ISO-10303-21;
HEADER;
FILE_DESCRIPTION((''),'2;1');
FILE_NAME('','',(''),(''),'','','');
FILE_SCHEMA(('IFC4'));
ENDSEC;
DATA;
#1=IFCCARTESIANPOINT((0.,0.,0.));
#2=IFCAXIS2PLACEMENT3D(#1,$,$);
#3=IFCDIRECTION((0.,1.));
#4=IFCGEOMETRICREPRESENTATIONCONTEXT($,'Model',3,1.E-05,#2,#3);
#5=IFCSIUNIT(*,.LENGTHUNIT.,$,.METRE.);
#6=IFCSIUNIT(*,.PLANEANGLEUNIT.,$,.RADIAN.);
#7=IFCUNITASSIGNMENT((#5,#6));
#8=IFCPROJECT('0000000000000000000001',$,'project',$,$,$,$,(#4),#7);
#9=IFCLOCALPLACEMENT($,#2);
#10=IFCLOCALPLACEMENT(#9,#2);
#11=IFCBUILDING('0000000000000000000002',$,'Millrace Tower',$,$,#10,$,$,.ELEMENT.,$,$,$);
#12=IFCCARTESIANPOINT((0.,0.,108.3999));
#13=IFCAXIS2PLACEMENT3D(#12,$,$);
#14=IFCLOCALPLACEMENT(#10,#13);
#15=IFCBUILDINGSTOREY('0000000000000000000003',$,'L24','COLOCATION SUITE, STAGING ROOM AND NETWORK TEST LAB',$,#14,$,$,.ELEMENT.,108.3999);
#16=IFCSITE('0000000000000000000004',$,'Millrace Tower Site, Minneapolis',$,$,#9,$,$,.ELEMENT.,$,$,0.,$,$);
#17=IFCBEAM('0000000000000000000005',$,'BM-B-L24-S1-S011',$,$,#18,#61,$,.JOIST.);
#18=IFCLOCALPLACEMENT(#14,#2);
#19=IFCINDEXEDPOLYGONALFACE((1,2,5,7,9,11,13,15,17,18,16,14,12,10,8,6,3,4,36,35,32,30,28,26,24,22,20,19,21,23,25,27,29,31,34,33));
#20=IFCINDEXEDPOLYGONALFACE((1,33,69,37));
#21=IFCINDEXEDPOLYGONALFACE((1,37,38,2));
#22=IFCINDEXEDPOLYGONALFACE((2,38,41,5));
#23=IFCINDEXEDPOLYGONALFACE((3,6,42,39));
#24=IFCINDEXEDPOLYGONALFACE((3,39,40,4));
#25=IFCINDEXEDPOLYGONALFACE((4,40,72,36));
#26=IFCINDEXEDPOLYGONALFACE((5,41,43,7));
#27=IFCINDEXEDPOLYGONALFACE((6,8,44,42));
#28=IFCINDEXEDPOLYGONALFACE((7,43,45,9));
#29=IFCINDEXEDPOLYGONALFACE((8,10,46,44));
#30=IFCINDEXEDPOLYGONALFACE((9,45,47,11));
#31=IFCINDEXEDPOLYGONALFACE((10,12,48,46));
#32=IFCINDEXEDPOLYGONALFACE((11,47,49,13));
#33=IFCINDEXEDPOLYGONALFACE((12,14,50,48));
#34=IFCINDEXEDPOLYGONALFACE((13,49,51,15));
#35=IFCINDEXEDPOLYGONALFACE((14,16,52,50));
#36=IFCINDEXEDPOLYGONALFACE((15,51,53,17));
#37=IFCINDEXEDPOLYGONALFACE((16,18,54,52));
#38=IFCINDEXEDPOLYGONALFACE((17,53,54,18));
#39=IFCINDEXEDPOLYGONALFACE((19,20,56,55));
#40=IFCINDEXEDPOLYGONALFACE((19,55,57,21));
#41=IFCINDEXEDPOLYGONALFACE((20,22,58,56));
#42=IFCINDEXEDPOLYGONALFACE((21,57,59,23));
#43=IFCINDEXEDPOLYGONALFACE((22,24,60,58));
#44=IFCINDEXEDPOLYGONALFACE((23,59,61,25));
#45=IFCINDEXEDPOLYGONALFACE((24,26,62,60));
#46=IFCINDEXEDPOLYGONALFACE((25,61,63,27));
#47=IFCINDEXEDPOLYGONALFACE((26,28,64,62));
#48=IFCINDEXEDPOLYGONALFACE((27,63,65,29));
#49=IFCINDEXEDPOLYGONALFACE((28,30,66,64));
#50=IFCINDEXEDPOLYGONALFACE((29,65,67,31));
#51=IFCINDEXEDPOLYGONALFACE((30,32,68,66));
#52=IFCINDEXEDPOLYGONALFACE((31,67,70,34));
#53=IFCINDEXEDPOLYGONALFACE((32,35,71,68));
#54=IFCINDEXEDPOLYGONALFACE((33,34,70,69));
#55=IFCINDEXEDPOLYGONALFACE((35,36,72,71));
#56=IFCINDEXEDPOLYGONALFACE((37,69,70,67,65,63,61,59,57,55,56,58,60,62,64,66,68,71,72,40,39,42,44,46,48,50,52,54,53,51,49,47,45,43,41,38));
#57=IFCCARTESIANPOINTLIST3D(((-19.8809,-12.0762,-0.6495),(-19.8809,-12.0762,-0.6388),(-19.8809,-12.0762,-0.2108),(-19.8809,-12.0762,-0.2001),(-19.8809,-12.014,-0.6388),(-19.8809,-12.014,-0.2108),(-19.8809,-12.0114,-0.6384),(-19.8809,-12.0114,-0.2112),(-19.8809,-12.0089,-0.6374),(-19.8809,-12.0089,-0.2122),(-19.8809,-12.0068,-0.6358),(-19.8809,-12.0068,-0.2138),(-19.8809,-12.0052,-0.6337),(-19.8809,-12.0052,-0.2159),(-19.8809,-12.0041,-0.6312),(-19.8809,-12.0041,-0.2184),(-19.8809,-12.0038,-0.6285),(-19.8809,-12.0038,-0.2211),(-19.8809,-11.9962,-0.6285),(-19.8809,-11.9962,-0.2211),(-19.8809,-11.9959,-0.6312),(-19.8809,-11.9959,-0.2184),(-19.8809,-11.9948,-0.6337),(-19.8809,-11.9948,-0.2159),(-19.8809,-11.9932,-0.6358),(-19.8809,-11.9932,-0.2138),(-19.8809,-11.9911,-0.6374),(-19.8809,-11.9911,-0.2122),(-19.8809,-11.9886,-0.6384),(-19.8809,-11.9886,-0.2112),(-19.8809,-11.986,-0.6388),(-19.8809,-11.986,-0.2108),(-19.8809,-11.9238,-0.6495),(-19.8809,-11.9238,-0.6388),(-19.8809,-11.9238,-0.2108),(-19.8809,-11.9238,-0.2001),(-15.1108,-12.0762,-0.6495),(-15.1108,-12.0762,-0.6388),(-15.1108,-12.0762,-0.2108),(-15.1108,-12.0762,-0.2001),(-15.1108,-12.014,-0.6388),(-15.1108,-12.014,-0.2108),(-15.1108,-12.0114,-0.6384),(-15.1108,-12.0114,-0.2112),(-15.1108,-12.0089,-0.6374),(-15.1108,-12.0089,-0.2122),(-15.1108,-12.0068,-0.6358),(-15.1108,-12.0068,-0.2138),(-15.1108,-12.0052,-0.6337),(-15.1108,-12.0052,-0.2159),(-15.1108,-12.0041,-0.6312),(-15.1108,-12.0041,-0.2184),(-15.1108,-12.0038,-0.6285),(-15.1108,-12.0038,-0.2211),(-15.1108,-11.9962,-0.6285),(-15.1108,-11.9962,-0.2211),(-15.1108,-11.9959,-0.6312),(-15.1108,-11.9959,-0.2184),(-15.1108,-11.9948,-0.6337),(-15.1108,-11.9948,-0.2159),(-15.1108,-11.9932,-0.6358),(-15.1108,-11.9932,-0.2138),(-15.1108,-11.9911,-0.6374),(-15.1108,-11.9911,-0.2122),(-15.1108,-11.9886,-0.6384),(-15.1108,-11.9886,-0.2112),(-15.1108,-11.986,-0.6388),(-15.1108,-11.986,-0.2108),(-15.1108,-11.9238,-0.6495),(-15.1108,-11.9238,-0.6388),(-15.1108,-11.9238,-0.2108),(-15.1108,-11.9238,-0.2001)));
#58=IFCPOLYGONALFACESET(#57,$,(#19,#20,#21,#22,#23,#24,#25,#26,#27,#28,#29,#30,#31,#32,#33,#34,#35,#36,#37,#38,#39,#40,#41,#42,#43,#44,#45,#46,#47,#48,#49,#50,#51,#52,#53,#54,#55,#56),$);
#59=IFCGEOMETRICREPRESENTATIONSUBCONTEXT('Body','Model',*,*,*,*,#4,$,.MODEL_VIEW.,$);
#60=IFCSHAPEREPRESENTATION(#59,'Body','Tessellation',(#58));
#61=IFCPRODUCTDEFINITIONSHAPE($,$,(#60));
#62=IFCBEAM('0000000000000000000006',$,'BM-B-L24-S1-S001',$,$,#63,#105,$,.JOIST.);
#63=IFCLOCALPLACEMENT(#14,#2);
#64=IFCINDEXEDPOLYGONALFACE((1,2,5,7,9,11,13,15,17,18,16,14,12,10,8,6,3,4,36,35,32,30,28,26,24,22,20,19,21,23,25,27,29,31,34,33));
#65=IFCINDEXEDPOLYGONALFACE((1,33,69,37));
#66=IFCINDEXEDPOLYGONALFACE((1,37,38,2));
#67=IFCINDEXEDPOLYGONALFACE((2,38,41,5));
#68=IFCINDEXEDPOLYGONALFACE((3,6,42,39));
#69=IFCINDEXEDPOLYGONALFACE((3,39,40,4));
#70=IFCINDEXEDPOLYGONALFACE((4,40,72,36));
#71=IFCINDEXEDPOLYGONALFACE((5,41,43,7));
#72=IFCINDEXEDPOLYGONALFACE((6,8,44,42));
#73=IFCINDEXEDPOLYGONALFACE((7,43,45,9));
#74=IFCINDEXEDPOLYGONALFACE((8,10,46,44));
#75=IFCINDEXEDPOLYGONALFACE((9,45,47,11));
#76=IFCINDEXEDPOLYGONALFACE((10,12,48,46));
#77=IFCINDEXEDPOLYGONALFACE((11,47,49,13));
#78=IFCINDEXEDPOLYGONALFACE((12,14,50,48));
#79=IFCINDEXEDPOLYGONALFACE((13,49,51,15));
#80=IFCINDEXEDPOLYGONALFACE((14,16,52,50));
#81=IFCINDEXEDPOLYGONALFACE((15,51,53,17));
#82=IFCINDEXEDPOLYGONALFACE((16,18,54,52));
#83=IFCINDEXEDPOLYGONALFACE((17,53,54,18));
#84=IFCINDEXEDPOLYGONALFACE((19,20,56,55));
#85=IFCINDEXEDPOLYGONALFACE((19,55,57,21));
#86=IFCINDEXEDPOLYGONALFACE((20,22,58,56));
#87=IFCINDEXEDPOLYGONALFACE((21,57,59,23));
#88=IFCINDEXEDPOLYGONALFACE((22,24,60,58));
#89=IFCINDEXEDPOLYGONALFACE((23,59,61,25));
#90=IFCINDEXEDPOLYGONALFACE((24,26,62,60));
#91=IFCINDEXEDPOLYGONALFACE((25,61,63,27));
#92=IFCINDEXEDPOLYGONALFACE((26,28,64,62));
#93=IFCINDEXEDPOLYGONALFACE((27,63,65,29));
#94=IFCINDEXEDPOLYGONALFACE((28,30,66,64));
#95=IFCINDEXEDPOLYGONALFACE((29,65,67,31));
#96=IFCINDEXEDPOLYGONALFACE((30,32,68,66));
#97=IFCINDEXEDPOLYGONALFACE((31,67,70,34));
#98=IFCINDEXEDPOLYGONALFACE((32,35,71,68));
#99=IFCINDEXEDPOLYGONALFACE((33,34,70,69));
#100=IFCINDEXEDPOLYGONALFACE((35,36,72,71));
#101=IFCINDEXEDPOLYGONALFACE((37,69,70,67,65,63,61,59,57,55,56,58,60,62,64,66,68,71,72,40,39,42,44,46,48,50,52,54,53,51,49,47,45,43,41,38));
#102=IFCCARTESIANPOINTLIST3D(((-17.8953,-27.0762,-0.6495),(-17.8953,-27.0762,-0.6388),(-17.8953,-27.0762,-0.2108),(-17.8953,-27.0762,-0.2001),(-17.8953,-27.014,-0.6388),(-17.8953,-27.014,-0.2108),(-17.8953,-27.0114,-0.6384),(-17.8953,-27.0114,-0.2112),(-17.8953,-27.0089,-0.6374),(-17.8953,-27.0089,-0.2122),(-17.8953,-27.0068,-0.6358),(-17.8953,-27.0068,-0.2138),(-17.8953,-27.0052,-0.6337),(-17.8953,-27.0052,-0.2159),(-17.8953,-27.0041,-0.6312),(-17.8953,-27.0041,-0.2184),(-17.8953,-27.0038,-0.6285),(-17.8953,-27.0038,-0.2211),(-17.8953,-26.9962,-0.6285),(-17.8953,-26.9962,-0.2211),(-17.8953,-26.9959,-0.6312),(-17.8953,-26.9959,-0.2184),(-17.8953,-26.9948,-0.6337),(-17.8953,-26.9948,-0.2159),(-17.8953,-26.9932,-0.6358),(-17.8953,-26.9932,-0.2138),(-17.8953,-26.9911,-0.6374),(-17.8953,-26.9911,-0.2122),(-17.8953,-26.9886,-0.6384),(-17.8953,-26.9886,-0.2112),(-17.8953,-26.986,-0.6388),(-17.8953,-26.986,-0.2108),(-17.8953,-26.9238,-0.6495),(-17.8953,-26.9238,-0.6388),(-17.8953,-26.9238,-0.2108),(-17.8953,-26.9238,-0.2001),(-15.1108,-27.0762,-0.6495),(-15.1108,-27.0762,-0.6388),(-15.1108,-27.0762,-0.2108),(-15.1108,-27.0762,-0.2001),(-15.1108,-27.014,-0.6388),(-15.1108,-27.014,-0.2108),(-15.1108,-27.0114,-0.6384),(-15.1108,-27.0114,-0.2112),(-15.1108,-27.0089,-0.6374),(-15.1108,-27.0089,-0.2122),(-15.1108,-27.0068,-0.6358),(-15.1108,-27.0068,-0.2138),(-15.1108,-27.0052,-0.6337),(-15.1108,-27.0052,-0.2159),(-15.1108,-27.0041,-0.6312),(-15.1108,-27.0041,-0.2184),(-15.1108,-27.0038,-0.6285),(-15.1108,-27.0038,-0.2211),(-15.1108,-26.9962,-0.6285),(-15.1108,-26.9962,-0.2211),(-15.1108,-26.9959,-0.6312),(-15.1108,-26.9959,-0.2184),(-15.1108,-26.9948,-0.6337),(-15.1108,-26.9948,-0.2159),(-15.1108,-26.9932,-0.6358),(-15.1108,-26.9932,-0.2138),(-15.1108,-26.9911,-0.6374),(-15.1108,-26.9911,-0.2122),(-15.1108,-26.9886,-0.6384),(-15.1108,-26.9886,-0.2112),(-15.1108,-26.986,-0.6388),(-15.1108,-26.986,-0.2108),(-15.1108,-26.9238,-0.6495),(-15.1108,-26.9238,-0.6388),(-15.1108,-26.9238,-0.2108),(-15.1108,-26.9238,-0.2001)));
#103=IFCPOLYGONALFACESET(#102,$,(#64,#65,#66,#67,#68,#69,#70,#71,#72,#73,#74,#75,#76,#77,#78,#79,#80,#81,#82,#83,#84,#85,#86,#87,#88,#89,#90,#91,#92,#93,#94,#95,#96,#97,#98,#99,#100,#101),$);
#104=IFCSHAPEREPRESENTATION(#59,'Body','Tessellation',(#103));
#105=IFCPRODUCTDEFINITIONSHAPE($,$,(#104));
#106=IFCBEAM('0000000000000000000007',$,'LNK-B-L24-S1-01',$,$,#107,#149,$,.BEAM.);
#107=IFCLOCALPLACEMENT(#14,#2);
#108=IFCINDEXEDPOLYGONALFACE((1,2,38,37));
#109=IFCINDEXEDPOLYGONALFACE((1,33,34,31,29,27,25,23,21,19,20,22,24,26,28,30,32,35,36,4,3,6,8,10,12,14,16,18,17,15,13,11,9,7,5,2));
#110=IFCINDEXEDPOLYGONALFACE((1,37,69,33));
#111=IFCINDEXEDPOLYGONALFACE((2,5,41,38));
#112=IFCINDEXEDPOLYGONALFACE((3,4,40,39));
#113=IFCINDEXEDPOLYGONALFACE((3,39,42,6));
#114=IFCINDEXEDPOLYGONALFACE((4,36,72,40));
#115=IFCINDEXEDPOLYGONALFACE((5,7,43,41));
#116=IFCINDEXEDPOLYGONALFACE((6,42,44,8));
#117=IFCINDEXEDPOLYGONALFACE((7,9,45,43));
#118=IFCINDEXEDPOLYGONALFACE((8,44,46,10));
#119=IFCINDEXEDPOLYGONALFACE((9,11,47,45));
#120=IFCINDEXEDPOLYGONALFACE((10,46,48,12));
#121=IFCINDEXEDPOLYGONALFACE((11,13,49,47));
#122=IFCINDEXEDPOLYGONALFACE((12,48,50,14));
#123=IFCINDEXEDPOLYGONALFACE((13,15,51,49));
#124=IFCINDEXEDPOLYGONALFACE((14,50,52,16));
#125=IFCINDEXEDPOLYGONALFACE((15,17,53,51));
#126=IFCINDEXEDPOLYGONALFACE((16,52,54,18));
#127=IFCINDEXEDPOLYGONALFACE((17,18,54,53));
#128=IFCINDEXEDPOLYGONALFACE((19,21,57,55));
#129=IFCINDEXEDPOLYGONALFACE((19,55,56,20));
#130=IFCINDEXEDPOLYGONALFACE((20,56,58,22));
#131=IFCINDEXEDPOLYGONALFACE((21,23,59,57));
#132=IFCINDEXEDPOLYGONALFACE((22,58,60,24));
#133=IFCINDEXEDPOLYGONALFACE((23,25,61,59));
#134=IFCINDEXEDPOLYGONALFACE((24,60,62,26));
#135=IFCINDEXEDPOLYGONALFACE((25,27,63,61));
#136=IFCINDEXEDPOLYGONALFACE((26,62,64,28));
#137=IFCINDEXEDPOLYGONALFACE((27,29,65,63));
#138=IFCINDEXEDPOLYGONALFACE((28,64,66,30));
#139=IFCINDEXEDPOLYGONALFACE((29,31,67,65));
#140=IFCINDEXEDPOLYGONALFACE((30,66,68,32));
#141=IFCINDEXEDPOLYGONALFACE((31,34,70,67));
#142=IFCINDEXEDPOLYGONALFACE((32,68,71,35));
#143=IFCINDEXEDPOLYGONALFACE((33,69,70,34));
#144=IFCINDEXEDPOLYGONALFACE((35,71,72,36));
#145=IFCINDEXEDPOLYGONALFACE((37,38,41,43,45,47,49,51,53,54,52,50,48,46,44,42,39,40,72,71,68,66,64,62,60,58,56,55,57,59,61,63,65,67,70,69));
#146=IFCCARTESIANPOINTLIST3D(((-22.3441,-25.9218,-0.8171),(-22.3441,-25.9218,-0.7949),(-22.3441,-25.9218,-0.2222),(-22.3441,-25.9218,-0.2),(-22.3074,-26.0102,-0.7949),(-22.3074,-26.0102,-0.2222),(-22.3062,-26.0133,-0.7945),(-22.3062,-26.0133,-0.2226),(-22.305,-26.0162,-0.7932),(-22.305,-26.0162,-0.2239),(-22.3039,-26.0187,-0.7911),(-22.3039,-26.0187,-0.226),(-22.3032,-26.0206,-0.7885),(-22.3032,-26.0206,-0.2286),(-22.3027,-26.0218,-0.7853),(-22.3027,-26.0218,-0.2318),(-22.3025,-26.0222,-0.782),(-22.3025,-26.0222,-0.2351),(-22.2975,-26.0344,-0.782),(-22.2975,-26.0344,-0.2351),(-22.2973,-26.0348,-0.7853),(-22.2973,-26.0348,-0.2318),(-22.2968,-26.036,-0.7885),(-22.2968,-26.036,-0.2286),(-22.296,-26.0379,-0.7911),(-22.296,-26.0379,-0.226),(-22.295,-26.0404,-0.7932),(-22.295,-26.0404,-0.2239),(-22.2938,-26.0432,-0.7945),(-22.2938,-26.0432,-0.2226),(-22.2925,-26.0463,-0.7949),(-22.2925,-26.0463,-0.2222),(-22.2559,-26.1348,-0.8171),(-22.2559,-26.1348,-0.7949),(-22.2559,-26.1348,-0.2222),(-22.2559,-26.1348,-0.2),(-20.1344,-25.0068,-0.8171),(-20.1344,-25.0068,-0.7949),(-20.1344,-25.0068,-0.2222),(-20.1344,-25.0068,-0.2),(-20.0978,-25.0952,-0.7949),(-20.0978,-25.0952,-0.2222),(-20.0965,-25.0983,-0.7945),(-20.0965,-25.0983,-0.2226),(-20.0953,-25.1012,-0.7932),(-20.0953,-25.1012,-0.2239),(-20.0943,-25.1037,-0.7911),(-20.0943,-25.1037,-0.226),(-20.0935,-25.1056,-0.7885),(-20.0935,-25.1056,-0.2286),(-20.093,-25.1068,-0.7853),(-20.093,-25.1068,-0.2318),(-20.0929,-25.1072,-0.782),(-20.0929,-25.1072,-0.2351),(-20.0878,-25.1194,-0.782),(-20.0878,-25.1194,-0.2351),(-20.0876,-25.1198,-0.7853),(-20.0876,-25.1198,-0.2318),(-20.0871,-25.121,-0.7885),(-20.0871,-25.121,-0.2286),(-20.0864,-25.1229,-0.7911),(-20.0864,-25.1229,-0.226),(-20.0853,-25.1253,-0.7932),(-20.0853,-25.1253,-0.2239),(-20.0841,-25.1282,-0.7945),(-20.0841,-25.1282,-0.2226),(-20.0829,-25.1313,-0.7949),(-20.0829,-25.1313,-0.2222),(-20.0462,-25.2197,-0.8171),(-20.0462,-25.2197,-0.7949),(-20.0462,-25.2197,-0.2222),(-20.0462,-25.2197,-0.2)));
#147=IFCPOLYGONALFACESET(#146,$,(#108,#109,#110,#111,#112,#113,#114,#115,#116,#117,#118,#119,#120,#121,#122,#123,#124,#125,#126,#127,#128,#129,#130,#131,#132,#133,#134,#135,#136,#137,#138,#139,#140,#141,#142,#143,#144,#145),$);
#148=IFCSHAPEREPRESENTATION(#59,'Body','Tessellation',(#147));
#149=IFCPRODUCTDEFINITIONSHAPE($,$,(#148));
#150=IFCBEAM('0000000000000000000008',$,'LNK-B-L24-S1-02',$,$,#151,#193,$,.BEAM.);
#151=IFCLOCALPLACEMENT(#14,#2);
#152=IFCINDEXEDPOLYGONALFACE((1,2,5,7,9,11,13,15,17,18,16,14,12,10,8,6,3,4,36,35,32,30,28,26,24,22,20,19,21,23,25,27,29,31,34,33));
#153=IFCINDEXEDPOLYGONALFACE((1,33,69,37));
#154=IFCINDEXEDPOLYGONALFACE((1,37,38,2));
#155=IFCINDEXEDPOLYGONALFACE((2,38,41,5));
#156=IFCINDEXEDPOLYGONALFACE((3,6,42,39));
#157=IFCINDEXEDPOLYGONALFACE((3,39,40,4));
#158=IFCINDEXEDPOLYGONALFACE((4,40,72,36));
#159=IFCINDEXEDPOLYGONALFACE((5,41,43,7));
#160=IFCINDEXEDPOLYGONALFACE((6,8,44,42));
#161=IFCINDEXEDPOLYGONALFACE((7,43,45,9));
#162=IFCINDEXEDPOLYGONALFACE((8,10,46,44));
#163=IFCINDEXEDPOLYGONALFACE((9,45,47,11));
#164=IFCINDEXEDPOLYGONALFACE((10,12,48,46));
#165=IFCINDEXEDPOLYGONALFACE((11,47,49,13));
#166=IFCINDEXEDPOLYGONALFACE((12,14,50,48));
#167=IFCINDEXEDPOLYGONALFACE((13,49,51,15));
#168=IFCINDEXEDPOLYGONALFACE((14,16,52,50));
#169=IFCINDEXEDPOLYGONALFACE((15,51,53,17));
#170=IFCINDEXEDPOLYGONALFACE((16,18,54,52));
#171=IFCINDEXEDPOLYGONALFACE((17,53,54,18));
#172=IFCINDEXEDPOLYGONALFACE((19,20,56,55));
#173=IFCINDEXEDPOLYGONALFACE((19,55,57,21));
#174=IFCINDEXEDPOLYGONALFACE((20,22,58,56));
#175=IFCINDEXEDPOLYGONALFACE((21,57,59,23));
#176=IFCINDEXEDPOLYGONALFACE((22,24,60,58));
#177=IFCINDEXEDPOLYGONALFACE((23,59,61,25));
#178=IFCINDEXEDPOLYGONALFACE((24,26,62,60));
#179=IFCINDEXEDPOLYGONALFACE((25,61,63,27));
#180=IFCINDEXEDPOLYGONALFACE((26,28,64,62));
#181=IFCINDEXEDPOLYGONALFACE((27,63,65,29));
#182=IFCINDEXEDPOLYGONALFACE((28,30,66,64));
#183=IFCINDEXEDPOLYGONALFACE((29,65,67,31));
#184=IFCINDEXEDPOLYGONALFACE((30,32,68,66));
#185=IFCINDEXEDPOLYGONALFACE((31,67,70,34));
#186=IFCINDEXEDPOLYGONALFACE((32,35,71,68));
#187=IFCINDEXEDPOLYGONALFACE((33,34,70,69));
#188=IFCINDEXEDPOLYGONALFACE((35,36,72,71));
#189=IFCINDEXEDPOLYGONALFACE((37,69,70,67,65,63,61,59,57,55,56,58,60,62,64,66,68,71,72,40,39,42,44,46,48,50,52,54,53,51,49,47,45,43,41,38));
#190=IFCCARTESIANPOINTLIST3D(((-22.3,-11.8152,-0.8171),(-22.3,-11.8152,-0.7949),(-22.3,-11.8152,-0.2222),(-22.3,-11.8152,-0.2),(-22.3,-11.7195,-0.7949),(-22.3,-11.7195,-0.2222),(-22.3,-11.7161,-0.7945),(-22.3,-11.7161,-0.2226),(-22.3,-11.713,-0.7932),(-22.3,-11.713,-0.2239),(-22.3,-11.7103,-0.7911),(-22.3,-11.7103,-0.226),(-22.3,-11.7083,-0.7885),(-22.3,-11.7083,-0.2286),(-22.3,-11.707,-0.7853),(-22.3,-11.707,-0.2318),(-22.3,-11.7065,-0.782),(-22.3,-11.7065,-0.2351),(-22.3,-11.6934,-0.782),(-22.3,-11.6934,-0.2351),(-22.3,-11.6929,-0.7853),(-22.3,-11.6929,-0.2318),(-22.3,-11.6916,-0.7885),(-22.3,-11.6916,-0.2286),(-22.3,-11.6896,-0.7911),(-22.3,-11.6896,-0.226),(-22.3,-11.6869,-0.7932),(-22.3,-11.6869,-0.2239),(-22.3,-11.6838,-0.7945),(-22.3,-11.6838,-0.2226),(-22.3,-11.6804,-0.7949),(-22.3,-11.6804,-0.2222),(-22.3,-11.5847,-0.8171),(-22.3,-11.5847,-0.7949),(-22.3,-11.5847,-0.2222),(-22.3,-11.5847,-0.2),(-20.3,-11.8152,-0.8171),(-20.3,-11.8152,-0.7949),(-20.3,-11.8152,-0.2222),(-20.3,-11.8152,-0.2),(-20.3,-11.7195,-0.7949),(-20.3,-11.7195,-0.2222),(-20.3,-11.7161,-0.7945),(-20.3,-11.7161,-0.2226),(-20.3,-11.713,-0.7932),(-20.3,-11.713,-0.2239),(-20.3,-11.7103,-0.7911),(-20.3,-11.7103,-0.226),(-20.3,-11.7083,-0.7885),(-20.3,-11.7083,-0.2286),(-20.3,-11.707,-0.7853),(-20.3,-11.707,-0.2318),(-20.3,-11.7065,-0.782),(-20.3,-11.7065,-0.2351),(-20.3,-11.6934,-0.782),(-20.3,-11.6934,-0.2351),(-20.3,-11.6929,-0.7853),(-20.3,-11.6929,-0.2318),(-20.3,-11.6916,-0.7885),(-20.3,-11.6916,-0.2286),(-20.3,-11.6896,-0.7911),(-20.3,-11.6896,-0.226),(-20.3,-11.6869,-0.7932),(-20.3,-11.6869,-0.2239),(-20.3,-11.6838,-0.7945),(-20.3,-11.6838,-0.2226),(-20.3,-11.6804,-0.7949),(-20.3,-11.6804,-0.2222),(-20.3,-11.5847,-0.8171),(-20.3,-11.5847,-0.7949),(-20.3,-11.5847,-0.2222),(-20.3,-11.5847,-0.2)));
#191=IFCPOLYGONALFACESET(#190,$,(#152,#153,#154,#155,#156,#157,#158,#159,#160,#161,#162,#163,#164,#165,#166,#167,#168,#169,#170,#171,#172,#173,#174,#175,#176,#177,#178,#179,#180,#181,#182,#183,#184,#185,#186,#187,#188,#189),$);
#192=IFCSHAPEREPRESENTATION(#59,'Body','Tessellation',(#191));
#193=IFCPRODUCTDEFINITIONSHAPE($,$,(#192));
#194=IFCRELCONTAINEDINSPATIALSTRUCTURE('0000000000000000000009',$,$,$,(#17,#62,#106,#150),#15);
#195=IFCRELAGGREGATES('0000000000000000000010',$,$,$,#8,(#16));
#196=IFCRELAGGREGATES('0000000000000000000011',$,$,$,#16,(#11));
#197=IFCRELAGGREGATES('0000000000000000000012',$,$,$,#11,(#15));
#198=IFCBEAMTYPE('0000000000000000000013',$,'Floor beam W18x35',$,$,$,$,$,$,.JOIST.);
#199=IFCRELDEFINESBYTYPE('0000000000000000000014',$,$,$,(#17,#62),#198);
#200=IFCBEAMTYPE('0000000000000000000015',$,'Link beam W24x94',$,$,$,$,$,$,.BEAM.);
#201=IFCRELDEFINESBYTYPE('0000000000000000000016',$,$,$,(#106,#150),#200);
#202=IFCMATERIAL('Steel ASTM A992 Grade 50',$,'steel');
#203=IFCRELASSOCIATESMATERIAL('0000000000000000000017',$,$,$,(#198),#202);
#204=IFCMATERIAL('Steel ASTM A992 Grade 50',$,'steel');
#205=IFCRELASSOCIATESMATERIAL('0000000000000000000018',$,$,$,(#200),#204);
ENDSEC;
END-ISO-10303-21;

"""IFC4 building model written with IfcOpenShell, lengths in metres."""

from ifc_helpers import new_model, si_unit, direction, frame, origin, origin_2d, place, context, subcontext, project, spatial, i_section, extrude, material, material_profile, profile_set, type_object, element, save


model = new_model("IFC4")

# Units and contexts
model_context = context("Model", 3, precision=1e-05, world=origin(), true_north=direction((0.0, 1.0)))
body_context = subcontext(model_context, "Body", "Model", "MODEL_VIEW")
ifc_project = project(units=[si_unit("LENGTHUNIT", "METRE"), si_unit("PLANEANGLEUNIT", "RADIAN")], contexts=[model_context])

# Site, building, storey
site_placement = place(None, origin())
site = spatial("IfcSite", under=ifc_project, at=site_placement, Name="Millrace Tower Site, Minneapolis", CompositionType="ELEMENT", RefElevation=0.0)
building_placement = place(site_placement, origin())
building = spatial("IfcBuilding", under=site, at=building_placement, Name="Millrace Tower", CompositionType="ELEMENT")
storey_placement = place(building_placement, frame((0.0, 0.0, 108.3999)))
storey = spatial("IfcBuildingStorey", under=building, at=storey_placement, Name="L24", Description="COLOCATION SUITE, STAGING ROOM AND NETWORK TEST LAB", CompositionType="ELEMENT", Elevation=108.3999)

# Beams
ifc_material_1 = material(Name="Steel ASTM A992 Grade 50", Category="steel")
ifc_material_profile_1 = material_profile(ifc_material_1, i_section(OverallWidth=0.1523, OverallDepth=0.4495, WebThickness=0.0076, FlangeThickness=0.0107, FilletRadius=0.0103, at=origin_2d()))
ifc_profile_set_1 = profile_set([ifc_material_profile_1], Name="Steel ASTM A992 Grade 50")
beam_type_1 = type_object("IfcBeamType", Name="Floor beam W18x35", PredefinedType="JOIST", material=ifc_profile_set_1)
for number, where, z_axis, x_axis, name in (
    (1, (-19.8809, -12.0, -0.4248), (1.0, 0.0, 0.0), (0.0, 1.0, 0.0), "BM-B-L24-S1-S011"),
):
    element("IfcBeam", number, at=place(storey_placement, frame(where, z_axis=z_axis, x_axis=x_axis)), inside=storey, type_object=beam_type_1, Name=name, PredefinedType="JOIST", context=body_context, shape_type="SweptSolid", body=[
        extrude(i_section(OverallWidth=0.1523, OverallDepth=0.4495, WebThickness=0.0076, FlangeThickness=0.0107, FilletRadius=0.0103, at=origin_2d()), origin(), (0.0, 0.0, 1.0), 4.77),
    ])
beam_1_placement = place(storey_placement, frame((-17.8953, -27.0, -0.4248), z_axis=(1.0, 0.0, 0.0), x_axis=(0.0, 1.0, 0.0)))
element("IfcBeam", 2, at=beam_1_placement, inside=storey, type_object=beam_type_1, Name="BM-B-L24-S1-S001", PredefinedType="JOIST", context=body_context, shape_type="SweptSolid", body=[
    extrude(i_section(OverallWidth=0.1523, OverallDepth=0.4495, WebThickness=0.0076, FlangeThickness=0.0107, FilletRadius=0.0103, at=origin_2d()), origin(), (0.0, 0.0, 1.0), 2.7844),
])
ifc_material_2 = material(Name="Steel ASTM A992 Grade 50", Category="steel")
ifc_material_profile_2 = material_profile(ifc_material_2, i_section(OverallWidth=0.2305, OverallDepth=0.6172, WebThickness=0.0132, FlangeThickness=0.0222, FilletRadius=0.0129, at=origin_2d()))
ifc_profile_set_2 = profile_set([ifc_material_profile_2], Name="Steel ASTM A992 Grade 50")
beam_type_2 = type_object("IfcBeamType", Name="Link beam W24x94", PredefinedType="BEAM", material=ifc_profile_set_2)
beam_2_placement = place(storey_placement, frame((-20.0903, -25.1133, -0.5085), z_axis=(-0.923917, -0.382592, 0.0), x_axis=(0.382592, -0.923917, 0.0)))
element("IfcBeam", 3, at=beam_2_placement, inside=storey, type_object=beam_type_2, Name="LNK-B-L24-S1-01", PredefinedType="BEAM", context=body_context, shape_type="SweptSolid", body=[
    extrude(i_section(OverallWidth=0.2305, OverallDepth=0.6172, WebThickness=0.0132, FlangeThickness=0.0222, FilletRadius=0.0129, at=origin_2d()), origin(), (0.0, 0.0, 1.0), 2.3916),
])
beam_3_placement = place(storey_placement, frame((-20.3, -11.7, -0.5085), z_axis=(-1.0, 0.0, 0.0), x_axis=(0.0, -1.0, 0.0)))
element("IfcBeam", 4, at=beam_3_placement, inside=storey, type_object=beam_type_2, Name="LNK-B-L24-S1-02", PredefinedType="BEAM", context=body_context, shape_type="SweptSolid", body=[
    extrude(i_section(OverallWidth=0.2305, OverallDepth=0.6172, WebThickness=0.0132, FlangeThickness=0.0222, FilletRadius=0.0129, at=origin_2d()), origin(), (0.0, 0.0, 1.0), 2.0),
])

save(model, "model.ifc")
